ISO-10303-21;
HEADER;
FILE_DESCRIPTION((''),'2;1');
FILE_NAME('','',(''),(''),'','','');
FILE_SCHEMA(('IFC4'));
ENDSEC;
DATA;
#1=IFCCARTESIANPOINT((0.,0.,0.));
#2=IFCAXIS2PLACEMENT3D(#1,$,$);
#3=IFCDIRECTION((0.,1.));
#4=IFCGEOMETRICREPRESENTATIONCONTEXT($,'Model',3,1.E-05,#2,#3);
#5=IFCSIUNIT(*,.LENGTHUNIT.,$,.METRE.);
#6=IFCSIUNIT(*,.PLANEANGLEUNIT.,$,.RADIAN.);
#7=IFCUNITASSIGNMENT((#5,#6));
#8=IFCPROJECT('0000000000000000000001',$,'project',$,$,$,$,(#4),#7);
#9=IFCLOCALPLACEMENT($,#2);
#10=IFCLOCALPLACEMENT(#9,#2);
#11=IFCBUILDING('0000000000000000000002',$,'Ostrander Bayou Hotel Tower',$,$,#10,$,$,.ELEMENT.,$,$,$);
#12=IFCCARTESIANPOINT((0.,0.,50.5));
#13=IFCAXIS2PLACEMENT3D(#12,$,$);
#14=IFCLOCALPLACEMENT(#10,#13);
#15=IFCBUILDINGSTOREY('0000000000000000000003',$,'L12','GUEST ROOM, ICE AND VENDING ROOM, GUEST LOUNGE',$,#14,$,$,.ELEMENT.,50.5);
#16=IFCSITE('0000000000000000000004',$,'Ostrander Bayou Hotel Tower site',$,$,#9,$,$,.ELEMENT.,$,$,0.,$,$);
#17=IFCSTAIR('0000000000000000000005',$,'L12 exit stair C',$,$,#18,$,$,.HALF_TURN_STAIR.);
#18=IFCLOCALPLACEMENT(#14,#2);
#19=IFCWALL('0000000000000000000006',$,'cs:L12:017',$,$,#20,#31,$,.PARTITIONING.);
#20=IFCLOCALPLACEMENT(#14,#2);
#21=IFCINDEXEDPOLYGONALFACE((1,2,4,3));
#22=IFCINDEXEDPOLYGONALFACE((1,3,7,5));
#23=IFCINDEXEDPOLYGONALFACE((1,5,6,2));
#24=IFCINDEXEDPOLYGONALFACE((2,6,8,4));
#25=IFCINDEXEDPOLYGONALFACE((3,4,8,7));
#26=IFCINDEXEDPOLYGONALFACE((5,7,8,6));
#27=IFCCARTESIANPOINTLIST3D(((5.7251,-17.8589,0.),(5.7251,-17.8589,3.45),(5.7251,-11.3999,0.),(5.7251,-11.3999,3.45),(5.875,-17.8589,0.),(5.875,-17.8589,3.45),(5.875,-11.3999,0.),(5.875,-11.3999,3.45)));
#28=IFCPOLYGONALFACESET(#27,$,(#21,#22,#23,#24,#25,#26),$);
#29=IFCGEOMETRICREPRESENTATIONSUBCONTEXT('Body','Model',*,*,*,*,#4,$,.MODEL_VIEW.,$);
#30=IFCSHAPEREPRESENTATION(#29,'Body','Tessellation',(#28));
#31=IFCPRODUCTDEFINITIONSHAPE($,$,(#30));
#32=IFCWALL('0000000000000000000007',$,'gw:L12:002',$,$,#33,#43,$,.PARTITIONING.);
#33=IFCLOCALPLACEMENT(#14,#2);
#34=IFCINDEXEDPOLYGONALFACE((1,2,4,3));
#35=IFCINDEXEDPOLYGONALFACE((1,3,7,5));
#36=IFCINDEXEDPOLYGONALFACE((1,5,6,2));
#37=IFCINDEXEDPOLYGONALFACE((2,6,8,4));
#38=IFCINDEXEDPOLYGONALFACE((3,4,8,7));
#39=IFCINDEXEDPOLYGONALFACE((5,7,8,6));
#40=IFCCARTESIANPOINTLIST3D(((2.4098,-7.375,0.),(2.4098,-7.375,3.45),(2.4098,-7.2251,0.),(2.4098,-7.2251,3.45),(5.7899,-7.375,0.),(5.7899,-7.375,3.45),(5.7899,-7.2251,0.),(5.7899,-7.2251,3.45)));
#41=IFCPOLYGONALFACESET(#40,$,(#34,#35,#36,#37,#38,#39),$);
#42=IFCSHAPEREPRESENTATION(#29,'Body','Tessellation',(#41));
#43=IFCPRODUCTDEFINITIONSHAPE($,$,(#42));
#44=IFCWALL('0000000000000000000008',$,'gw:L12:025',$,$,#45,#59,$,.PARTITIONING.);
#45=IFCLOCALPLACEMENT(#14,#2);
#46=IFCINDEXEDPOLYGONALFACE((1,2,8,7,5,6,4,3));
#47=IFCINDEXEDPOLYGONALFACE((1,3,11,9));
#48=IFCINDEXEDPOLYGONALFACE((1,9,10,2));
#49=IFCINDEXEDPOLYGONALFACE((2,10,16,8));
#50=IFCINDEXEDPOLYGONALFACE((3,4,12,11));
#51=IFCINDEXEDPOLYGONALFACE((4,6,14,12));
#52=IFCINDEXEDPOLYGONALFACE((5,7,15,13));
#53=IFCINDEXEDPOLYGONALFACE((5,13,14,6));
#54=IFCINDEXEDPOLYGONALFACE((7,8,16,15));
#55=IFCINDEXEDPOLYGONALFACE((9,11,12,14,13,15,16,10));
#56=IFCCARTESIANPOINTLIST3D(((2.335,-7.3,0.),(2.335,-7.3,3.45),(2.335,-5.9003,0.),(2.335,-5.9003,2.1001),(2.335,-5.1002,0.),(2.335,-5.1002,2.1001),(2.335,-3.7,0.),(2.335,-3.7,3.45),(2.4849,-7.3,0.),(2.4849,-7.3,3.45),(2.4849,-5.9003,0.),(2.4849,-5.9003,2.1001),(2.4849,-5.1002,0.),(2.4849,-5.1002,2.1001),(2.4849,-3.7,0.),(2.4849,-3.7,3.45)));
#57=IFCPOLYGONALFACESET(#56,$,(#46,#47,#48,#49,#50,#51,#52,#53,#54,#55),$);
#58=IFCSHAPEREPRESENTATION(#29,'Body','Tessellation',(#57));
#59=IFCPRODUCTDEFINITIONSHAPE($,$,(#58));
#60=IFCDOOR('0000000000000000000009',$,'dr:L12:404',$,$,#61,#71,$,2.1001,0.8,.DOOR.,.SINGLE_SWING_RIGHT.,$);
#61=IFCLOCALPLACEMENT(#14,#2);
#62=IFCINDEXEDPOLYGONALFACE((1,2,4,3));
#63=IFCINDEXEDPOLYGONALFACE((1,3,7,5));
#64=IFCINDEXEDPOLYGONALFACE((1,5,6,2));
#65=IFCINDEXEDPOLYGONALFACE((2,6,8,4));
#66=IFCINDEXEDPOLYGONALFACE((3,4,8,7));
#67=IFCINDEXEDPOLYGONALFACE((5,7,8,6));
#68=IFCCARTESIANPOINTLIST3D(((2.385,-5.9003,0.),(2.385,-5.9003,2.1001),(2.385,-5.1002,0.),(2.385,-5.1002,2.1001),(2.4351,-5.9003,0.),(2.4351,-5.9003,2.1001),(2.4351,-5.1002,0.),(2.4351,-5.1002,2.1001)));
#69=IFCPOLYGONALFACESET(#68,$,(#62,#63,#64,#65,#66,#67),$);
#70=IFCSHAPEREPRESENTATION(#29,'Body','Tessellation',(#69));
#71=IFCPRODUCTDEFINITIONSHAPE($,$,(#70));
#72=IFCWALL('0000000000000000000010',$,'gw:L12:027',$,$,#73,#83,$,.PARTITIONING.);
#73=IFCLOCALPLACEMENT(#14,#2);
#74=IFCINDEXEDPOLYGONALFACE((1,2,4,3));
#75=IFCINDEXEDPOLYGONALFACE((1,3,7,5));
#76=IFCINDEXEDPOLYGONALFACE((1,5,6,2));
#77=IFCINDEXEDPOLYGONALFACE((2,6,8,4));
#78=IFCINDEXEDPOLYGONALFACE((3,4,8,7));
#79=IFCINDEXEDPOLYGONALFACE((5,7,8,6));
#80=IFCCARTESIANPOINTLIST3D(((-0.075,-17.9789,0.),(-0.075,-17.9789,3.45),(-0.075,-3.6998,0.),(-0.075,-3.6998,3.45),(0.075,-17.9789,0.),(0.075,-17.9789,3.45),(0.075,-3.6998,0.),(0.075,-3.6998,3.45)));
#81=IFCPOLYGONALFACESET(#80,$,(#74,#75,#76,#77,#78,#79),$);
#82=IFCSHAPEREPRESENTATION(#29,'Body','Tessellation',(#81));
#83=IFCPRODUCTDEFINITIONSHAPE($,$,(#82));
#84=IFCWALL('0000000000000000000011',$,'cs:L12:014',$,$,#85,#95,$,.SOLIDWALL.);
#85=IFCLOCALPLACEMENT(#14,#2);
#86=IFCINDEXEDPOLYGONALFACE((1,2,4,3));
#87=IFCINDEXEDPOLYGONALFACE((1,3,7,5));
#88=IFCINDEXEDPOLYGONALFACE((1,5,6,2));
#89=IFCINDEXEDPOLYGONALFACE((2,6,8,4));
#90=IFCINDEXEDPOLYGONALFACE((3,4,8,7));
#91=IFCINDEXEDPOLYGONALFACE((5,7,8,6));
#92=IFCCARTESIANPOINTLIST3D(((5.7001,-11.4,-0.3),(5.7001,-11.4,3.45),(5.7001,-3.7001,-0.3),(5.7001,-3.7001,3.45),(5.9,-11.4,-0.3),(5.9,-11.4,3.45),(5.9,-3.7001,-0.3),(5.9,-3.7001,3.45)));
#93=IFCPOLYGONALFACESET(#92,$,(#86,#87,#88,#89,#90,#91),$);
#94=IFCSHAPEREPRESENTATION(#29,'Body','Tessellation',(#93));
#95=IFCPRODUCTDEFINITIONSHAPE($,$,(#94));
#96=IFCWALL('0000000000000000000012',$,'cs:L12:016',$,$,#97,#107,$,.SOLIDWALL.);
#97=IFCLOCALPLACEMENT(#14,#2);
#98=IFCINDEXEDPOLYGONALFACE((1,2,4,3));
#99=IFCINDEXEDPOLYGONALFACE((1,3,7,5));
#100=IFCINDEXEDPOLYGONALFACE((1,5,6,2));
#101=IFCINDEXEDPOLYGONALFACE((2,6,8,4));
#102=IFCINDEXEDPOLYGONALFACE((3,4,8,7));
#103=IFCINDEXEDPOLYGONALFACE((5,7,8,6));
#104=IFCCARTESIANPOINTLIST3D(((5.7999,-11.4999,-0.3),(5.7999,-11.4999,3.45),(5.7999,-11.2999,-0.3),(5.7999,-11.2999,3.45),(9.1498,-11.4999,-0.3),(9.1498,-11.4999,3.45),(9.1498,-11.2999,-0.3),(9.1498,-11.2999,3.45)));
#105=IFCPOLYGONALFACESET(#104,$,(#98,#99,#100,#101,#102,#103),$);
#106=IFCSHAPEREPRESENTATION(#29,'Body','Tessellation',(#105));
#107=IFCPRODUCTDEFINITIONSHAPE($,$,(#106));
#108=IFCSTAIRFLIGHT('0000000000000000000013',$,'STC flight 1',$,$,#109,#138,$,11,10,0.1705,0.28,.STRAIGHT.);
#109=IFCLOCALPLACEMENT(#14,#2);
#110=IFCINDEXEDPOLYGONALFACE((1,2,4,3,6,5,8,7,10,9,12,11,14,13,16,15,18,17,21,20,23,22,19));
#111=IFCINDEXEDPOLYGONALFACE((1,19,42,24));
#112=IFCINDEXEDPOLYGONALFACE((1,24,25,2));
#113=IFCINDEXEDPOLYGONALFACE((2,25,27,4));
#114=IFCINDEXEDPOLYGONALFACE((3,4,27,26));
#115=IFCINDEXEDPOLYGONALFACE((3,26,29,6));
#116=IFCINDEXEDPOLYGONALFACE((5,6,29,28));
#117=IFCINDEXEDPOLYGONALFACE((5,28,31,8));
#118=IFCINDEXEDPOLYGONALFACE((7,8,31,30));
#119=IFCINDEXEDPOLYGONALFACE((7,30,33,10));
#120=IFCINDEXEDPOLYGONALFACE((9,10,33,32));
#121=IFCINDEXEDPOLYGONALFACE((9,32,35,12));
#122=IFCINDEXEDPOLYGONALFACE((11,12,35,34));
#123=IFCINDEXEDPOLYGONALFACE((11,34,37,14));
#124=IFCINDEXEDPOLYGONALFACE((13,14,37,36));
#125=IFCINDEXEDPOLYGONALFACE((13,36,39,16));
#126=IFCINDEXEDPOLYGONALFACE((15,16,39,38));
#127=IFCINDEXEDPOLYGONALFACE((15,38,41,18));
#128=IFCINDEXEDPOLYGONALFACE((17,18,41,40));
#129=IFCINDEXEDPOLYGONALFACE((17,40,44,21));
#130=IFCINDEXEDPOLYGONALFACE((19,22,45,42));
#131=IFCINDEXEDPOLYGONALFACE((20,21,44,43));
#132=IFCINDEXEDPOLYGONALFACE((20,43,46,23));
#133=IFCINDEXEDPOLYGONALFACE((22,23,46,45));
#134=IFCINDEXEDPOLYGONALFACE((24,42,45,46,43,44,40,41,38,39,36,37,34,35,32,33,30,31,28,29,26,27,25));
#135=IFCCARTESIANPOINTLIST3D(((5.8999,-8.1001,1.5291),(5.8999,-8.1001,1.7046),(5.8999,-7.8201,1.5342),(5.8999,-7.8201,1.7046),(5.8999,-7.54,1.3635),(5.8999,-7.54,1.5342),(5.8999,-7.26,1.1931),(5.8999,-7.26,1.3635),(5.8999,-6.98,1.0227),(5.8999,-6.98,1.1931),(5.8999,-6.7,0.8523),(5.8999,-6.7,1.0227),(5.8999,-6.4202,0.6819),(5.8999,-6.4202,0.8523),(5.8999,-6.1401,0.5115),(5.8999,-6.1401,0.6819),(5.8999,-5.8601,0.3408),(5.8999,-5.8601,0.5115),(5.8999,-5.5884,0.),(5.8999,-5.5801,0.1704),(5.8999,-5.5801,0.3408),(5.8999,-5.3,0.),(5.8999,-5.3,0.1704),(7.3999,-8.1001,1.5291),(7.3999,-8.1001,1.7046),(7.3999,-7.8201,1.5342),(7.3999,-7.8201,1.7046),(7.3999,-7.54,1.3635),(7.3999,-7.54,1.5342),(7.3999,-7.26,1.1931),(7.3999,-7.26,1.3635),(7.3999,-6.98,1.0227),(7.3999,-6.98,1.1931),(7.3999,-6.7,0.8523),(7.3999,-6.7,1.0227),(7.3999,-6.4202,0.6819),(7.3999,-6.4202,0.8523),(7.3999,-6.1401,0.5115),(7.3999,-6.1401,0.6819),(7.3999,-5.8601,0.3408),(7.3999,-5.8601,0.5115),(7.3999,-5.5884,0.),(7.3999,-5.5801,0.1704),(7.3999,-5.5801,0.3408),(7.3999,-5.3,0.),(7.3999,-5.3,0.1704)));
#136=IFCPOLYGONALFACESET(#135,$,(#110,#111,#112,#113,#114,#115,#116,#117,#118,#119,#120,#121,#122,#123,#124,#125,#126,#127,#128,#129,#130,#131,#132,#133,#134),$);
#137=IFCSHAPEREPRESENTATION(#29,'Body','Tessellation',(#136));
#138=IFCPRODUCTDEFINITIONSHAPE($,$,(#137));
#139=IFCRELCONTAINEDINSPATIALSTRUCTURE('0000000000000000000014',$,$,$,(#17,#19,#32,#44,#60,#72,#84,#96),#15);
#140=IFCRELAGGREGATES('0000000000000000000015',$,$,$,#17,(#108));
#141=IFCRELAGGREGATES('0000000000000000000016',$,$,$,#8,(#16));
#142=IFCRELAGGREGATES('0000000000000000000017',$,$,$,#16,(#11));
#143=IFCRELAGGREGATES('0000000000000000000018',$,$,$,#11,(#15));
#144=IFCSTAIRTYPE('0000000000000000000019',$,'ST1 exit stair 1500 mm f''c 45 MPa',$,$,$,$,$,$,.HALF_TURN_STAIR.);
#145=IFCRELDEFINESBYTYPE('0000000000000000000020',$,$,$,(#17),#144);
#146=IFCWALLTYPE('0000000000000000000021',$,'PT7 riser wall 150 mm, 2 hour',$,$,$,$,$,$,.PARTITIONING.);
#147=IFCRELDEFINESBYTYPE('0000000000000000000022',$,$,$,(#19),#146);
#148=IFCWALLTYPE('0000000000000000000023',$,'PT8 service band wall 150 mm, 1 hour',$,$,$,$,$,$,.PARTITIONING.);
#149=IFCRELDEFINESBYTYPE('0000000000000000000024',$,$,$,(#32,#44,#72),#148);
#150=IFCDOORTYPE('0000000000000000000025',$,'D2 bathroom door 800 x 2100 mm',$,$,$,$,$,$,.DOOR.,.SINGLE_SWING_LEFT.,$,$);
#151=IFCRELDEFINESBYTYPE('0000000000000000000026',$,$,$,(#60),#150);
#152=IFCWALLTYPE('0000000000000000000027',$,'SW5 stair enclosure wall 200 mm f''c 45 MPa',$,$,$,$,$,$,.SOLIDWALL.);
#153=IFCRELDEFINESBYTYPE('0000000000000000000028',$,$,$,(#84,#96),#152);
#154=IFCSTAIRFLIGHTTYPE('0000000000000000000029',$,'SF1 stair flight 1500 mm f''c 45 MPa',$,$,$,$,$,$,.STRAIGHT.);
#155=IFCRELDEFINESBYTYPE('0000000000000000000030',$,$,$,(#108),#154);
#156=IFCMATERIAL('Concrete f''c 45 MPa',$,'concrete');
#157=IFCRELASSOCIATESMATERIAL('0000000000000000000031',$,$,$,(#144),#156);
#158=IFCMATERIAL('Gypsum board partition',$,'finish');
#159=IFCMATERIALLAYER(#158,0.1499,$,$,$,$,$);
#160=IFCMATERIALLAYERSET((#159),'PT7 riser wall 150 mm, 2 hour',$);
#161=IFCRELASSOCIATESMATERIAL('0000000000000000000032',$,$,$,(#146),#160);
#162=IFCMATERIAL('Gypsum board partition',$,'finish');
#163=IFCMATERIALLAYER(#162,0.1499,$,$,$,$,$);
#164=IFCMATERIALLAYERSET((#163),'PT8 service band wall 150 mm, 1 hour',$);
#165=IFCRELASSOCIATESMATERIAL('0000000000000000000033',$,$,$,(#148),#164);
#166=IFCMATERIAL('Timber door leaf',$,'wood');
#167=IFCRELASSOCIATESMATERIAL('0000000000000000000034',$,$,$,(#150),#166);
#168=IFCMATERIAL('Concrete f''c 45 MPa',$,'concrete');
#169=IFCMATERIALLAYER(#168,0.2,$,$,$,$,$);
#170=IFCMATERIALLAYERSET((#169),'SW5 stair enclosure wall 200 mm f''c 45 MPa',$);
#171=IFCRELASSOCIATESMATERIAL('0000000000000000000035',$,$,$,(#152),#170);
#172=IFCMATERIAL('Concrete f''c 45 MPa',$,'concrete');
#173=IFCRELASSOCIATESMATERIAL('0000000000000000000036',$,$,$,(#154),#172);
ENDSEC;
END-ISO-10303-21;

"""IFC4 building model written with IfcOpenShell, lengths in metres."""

from ifc_helpers import new_model, si_unit, direction, frame, frame_2d, origin, place, context, subcontext, project, spatial, polyline, rectangle, outline, extrude, material, layer, layer_set, type_object, element, fill, aggregate, save


model = new_model("IFC4")

# Units and contexts
model_context = context("Model", 3, precision=1e-05, world=origin(), true_north=direction((0.0, 1.0)))
body_context = subcontext(model_context, "Body", "Model", "MODEL_VIEW")
ifc_project = project(units=[si_unit("LENGTHUNIT", "METRE"), si_unit("PLANEANGLEUNIT", "RADIAN")], contexts=[model_context])

# Site, building, storey
site_placement = place(None, origin())
site = spatial("IfcSite", under=ifc_project, at=site_placement, Name="Ostrander Bayou Hotel Tower site", CompositionType="ELEMENT", RefElevation=0.0)
building_placement = place(site_placement, origin())
building = spatial("IfcBuilding", under=site, at=building_placement, Name="Ostrander Bayou Hotel Tower", CompositionType="ELEMENT")
storey_placement = place(building_placement, frame((0.0, 0.0, 50.5)))
storey = spatial("IfcBuildingStorey", under=building, at=storey_placement, Name="L12", Description="GUEST ROOM, ICE AND VENDING ROOM, GUEST LOUNGE", CompositionType="ELEMENT", Elevation=50.5)

# Stair
ifc_material_1 = material(Name="Concrete f'c 45 MPa", Category="concrete")
stair_type = type_object("IfcStairType", Name="ST1 exit stair 1500 mm f'c 45 MPa", PredefinedType="HALF_TURN_STAIR", material=ifc_material_1)
stair_1_placement = place(storey_placement, origin())
stair_1 = element("IfcStair", 1, at=stair_1_placement, inside=storey, type_object=stair_type, Name="L12 exit stair C", PredefinedType="HALF_TURN_STAIR")

# Walls
ifc_material_2 = material(Name="Gypsum board partition", Category="finish")
ifc_layer_1 = layer(ifc_material_2, 0.1499)
ifc_layer_set_1 = layer_set([ifc_layer_1], Name="PT7 riser wall 150 mm, 2 hour")
wall_type_1 = type_object("IfcWallType", Name="PT7 riser wall 150 mm, 2 hour", PredefinedType="PARTITIONING", material=ifc_layer_set_1)
wall_1_placement = place(storey_placement, frame((5.8, -11.3999, 0.0), z_axis=(0.0, 0.0, 1.0), x_axis=(0.0, -1.0, 0.0)))
element("IfcWall", 2, at=wall_1_placement, inside=storey, type_object=wall_type_1, Name="cs:L12:017", PredefinedType="PARTITIONING", context=body_context, shape_type="SweptSolid", body=[
    extrude(rectangle(XDim=6.459, YDim=0.1499, at=frame_2d((3.2295, 0.0))), origin(), (0.0, 0.0, 1.0), 3.45),
])
ifc_material_3 = material(Name="Gypsum board partition", Category="finish")
ifc_layer_2 = layer(ifc_material_3, 0.1499)
ifc_layer_set_2 = layer_set([ifc_layer_2], Name="PT8 service band wall 150 mm, 1 hour")
wall_type_2 = type_object("IfcWallType", Name="PT8 service band wall 150 mm, 1 hour", PredefinedType="PARTITIONING", material=ifc_layer_set_2)
wall_2_placement = place(storey_placement, frame((2.4099, -7.3, 0.0), z_axis=(0.0, 0.0, 1.0), x_axis=(1.0, 0.0, 0.0)))
element("IfcWall", 3, at=wall_2_placement, inside=storey, type_object=wall_type_2, Name="gw:L12:002", PredefinedType="PARTITIONING", context=body_context, shape_type="SweptSolid", body=[
    extrude(rectangle(XDim=3.3801, YDim=0.1499, at=frame_2d((1.6899, 0.0))), origin(), (0.0, 0.0, 1.0), 3.45),
])

# Wall, opening, door
wall_3_placement = place(storey_placement, frame((2.4099, -7.3, 0.0), z_axis=(0.0, 0.0, 1.0), x_axis=(0.0, 1.0, 0.0)))
wall_3 = element("IfcWall", 4, at=wall_3_placement, inside=storey, type_object=wall_type_2, Name="gw:L12:025", PredefinedType="PARTITIONING", context=body_context, shape_type="SweptSolid", body=[
    extrude(rectangle(XDim=3.6001, YDim=0.1499, at=frame_2d((1.8, 0.0))), origin(), (0.0, 0.0, 1.0), 3.45),
])
opening_1_placement = place(wall_3_placement, frame((1.3999, 0.0, 0.0)))
opening_1 = element("IfcOpeningElement", 5, at=opening_1_placement, cuts=wall_3, PredefinedType="OPENING", context=body_context, shape_type="SweptSolid", body=[
    extrude(rectangle(XDim=0.8, YDim=2.1001, at=frame_2d((0.3999, 1.05))), frame((0.0, 0.075, 0.0), z_axis=(0.0, -1.0, 0.0), x_axis=(1.0, 0.0, 0.0)), (0.0, 0.0, 1.0), 0.1499),
])
ifc_material_4 = material(Name="Timber door leaf", Category="wood")
door_type_1 = type_object("IfcDoorType", Name="D2 bathroom door 800 x 2100 mm", OperationType="SINGLE_SWING_LEFT", PredefinedType="DOOR", material=ifc_material_4)
door_1_placement = place(opening_1_placement, origin())
door_1 = element("IfcDoor", 6, at=door_1_placement, inside=storey, type_object=door_type_1, Name="dr:L12:404", OperationType="SINGLE_SWING_RIGHT", OverallHeight=2.1001, OverallWidth=0.8, PredefinedType="DOOR", context=body_context, shape_type="SweptSolid", body=[
    extrude(rectangle(XDim=0.8, YDim=2.1001, at=frame_2d((0.3999, 1.05))), frame((0.0, 0.0249, 0.0), z_axis=(0.0, -1.0, 0.0), x_axis=(1.0, 0.0, 0.0)), (0.0, 0.0, 1.0), 0.05),
])
fill(opening_1, door_1)

# Wall
wall_4_placement = place(storey_placement, frame((0.0, -17.979, 0.0), z_axis=(0.0, 0.0, 1.0), x_axis=(0.0, 1.0, 0.0)))
element("IfcWall", 7, at=wall_4_placement, inside=storey, type_object=wall_type_2, Name="gw:L12:027", PredefinedType="PARTITIONING", context=body_context, shape_type="SweptSolid", body=[
    extrude(rectangle(XDim=14.2791, YDim=0.1499, at=frame_2d((7.1396, 0.0))), origin(), (0.0, 0.0, 1.0), 3.45),
])

# Shared definitions
ifc_material_5 = material(Name="Concrete f'c 45 MPa", Category="concrete")
ifc_layer_3 = layer(ifc_material_5, 0.2)
ifc_layer_set_3 = layer_set([ifc_layer_3], Name="SW5 stair enclosure wall 200 mm f'c 45 MPa")
wall_type_3 = type_object("IfcWallType", Name="SW5 stair enclosure wall 200 mm f'c 45 MPa", PredefinedType="SOLIDWALL", material=ifc_layer_set_3)

# Walls
wall_5_placement = place(storey_placement, frame((5.8, -3.7, -0.3), z_axis=(0.0, 0.0, 1.0), x_axis=(0.0, -1.0, 0.0)))
element("IfcWall", 8, at=wall_5_placement, inside=storey, type_object=wall_type_3, Name="cs:L12:014", PredefinedType="SOLIDWALL", context=body_context, shape_type="SweptSolid", body=[
    extrude(rectangle(XDim=7.7, YDim=0.2, at=frame_2d((3.8501, 0.0))), origin(), (0.0, 0.0, 1.0), 3.75),
])
wall_6_placement = place(storey_placement, frame((5.8, -11.3999, -0.3), z_axis=(0.0, 0.0, 1.0), x_axis=(1.0, 0.0, 0.0)))
element("IfcWall", 9, at=wall_6_placement, inside=storey, type_object=wall_type_3, Name="cs:L12:016", PredefinedType="SOLIDWALL", context=body_context, shape_type="SweptSolid", body=[
    extrude(rectangle(XDim=3.3499, YDim=0.2, at=frame_2d((1.6748, 0.0))), origin(), (0.0, 0.0, 1.0), 3.75),
])

# Stair flight
ifc_material_6 = material(Name="Concrete f'c 45 MPa", Category="concrete")
stair_flight_type = type_object("IfcStairFlightType", Name="SF1 stair flight 1500 mm f'c 45 MPa", PredefinedType="STRAIGHT", material=ifc_material_6)
stair_flight_placement = place(storey_placement, frame((6.6499, -5.3, 0.0), z_axis=(0.0, 0.0, 1.0), x_axis=(0.0, -1.0, 0.0)))
stair_flight = element("IfcStairFlight", 10, at=stair_flight_placement, type_object=stair_flight_type, Name="STC flight 1", NumberOfRisers=11, NumberOfTreads=10, PredefinedType="STRAIGHT", RiserHeight=0.1705, TreadLength=0.28, context=body_context, shape_type="SweptSolid", body=[
    extrude(outline(polyline([(0.0, 0.0), (0.0, 0.1704), (0.28, 0.1704), (0.28, 0.3408), (0.5601, 0.3408), (0.5601, 0.5115), (0.8401, 0.5115), (0.8401, 0.6819), (1.1201, 0.6819), (1.1201, 0.8523), (1.3999, 0.8523), (1.3999, 1.0227), (1.6799, 1.0227), (1.6799, 1.1931), (1.96, 1.1931), (1.96, 1.3635), (2.24, 1.3635), (2.24, 1.5342), (2.52, 1.5342), (2.52, 1.7046), (2.8, 1.7046), (2.8, 1.875), (2.8, 1.5291), (0.2883, 0.0), (0.0, 0.0)])), frame((0.0, 0.75, 0.0), z_axis=(0.0, -1.0, 0.0), x_axis=(1.0, 0.0, 0.0)), (0.0, 0.0, 1.0), 1.5),
])
aggregate(stair_1, [stair_flight])

save(model, "model.ifc")
